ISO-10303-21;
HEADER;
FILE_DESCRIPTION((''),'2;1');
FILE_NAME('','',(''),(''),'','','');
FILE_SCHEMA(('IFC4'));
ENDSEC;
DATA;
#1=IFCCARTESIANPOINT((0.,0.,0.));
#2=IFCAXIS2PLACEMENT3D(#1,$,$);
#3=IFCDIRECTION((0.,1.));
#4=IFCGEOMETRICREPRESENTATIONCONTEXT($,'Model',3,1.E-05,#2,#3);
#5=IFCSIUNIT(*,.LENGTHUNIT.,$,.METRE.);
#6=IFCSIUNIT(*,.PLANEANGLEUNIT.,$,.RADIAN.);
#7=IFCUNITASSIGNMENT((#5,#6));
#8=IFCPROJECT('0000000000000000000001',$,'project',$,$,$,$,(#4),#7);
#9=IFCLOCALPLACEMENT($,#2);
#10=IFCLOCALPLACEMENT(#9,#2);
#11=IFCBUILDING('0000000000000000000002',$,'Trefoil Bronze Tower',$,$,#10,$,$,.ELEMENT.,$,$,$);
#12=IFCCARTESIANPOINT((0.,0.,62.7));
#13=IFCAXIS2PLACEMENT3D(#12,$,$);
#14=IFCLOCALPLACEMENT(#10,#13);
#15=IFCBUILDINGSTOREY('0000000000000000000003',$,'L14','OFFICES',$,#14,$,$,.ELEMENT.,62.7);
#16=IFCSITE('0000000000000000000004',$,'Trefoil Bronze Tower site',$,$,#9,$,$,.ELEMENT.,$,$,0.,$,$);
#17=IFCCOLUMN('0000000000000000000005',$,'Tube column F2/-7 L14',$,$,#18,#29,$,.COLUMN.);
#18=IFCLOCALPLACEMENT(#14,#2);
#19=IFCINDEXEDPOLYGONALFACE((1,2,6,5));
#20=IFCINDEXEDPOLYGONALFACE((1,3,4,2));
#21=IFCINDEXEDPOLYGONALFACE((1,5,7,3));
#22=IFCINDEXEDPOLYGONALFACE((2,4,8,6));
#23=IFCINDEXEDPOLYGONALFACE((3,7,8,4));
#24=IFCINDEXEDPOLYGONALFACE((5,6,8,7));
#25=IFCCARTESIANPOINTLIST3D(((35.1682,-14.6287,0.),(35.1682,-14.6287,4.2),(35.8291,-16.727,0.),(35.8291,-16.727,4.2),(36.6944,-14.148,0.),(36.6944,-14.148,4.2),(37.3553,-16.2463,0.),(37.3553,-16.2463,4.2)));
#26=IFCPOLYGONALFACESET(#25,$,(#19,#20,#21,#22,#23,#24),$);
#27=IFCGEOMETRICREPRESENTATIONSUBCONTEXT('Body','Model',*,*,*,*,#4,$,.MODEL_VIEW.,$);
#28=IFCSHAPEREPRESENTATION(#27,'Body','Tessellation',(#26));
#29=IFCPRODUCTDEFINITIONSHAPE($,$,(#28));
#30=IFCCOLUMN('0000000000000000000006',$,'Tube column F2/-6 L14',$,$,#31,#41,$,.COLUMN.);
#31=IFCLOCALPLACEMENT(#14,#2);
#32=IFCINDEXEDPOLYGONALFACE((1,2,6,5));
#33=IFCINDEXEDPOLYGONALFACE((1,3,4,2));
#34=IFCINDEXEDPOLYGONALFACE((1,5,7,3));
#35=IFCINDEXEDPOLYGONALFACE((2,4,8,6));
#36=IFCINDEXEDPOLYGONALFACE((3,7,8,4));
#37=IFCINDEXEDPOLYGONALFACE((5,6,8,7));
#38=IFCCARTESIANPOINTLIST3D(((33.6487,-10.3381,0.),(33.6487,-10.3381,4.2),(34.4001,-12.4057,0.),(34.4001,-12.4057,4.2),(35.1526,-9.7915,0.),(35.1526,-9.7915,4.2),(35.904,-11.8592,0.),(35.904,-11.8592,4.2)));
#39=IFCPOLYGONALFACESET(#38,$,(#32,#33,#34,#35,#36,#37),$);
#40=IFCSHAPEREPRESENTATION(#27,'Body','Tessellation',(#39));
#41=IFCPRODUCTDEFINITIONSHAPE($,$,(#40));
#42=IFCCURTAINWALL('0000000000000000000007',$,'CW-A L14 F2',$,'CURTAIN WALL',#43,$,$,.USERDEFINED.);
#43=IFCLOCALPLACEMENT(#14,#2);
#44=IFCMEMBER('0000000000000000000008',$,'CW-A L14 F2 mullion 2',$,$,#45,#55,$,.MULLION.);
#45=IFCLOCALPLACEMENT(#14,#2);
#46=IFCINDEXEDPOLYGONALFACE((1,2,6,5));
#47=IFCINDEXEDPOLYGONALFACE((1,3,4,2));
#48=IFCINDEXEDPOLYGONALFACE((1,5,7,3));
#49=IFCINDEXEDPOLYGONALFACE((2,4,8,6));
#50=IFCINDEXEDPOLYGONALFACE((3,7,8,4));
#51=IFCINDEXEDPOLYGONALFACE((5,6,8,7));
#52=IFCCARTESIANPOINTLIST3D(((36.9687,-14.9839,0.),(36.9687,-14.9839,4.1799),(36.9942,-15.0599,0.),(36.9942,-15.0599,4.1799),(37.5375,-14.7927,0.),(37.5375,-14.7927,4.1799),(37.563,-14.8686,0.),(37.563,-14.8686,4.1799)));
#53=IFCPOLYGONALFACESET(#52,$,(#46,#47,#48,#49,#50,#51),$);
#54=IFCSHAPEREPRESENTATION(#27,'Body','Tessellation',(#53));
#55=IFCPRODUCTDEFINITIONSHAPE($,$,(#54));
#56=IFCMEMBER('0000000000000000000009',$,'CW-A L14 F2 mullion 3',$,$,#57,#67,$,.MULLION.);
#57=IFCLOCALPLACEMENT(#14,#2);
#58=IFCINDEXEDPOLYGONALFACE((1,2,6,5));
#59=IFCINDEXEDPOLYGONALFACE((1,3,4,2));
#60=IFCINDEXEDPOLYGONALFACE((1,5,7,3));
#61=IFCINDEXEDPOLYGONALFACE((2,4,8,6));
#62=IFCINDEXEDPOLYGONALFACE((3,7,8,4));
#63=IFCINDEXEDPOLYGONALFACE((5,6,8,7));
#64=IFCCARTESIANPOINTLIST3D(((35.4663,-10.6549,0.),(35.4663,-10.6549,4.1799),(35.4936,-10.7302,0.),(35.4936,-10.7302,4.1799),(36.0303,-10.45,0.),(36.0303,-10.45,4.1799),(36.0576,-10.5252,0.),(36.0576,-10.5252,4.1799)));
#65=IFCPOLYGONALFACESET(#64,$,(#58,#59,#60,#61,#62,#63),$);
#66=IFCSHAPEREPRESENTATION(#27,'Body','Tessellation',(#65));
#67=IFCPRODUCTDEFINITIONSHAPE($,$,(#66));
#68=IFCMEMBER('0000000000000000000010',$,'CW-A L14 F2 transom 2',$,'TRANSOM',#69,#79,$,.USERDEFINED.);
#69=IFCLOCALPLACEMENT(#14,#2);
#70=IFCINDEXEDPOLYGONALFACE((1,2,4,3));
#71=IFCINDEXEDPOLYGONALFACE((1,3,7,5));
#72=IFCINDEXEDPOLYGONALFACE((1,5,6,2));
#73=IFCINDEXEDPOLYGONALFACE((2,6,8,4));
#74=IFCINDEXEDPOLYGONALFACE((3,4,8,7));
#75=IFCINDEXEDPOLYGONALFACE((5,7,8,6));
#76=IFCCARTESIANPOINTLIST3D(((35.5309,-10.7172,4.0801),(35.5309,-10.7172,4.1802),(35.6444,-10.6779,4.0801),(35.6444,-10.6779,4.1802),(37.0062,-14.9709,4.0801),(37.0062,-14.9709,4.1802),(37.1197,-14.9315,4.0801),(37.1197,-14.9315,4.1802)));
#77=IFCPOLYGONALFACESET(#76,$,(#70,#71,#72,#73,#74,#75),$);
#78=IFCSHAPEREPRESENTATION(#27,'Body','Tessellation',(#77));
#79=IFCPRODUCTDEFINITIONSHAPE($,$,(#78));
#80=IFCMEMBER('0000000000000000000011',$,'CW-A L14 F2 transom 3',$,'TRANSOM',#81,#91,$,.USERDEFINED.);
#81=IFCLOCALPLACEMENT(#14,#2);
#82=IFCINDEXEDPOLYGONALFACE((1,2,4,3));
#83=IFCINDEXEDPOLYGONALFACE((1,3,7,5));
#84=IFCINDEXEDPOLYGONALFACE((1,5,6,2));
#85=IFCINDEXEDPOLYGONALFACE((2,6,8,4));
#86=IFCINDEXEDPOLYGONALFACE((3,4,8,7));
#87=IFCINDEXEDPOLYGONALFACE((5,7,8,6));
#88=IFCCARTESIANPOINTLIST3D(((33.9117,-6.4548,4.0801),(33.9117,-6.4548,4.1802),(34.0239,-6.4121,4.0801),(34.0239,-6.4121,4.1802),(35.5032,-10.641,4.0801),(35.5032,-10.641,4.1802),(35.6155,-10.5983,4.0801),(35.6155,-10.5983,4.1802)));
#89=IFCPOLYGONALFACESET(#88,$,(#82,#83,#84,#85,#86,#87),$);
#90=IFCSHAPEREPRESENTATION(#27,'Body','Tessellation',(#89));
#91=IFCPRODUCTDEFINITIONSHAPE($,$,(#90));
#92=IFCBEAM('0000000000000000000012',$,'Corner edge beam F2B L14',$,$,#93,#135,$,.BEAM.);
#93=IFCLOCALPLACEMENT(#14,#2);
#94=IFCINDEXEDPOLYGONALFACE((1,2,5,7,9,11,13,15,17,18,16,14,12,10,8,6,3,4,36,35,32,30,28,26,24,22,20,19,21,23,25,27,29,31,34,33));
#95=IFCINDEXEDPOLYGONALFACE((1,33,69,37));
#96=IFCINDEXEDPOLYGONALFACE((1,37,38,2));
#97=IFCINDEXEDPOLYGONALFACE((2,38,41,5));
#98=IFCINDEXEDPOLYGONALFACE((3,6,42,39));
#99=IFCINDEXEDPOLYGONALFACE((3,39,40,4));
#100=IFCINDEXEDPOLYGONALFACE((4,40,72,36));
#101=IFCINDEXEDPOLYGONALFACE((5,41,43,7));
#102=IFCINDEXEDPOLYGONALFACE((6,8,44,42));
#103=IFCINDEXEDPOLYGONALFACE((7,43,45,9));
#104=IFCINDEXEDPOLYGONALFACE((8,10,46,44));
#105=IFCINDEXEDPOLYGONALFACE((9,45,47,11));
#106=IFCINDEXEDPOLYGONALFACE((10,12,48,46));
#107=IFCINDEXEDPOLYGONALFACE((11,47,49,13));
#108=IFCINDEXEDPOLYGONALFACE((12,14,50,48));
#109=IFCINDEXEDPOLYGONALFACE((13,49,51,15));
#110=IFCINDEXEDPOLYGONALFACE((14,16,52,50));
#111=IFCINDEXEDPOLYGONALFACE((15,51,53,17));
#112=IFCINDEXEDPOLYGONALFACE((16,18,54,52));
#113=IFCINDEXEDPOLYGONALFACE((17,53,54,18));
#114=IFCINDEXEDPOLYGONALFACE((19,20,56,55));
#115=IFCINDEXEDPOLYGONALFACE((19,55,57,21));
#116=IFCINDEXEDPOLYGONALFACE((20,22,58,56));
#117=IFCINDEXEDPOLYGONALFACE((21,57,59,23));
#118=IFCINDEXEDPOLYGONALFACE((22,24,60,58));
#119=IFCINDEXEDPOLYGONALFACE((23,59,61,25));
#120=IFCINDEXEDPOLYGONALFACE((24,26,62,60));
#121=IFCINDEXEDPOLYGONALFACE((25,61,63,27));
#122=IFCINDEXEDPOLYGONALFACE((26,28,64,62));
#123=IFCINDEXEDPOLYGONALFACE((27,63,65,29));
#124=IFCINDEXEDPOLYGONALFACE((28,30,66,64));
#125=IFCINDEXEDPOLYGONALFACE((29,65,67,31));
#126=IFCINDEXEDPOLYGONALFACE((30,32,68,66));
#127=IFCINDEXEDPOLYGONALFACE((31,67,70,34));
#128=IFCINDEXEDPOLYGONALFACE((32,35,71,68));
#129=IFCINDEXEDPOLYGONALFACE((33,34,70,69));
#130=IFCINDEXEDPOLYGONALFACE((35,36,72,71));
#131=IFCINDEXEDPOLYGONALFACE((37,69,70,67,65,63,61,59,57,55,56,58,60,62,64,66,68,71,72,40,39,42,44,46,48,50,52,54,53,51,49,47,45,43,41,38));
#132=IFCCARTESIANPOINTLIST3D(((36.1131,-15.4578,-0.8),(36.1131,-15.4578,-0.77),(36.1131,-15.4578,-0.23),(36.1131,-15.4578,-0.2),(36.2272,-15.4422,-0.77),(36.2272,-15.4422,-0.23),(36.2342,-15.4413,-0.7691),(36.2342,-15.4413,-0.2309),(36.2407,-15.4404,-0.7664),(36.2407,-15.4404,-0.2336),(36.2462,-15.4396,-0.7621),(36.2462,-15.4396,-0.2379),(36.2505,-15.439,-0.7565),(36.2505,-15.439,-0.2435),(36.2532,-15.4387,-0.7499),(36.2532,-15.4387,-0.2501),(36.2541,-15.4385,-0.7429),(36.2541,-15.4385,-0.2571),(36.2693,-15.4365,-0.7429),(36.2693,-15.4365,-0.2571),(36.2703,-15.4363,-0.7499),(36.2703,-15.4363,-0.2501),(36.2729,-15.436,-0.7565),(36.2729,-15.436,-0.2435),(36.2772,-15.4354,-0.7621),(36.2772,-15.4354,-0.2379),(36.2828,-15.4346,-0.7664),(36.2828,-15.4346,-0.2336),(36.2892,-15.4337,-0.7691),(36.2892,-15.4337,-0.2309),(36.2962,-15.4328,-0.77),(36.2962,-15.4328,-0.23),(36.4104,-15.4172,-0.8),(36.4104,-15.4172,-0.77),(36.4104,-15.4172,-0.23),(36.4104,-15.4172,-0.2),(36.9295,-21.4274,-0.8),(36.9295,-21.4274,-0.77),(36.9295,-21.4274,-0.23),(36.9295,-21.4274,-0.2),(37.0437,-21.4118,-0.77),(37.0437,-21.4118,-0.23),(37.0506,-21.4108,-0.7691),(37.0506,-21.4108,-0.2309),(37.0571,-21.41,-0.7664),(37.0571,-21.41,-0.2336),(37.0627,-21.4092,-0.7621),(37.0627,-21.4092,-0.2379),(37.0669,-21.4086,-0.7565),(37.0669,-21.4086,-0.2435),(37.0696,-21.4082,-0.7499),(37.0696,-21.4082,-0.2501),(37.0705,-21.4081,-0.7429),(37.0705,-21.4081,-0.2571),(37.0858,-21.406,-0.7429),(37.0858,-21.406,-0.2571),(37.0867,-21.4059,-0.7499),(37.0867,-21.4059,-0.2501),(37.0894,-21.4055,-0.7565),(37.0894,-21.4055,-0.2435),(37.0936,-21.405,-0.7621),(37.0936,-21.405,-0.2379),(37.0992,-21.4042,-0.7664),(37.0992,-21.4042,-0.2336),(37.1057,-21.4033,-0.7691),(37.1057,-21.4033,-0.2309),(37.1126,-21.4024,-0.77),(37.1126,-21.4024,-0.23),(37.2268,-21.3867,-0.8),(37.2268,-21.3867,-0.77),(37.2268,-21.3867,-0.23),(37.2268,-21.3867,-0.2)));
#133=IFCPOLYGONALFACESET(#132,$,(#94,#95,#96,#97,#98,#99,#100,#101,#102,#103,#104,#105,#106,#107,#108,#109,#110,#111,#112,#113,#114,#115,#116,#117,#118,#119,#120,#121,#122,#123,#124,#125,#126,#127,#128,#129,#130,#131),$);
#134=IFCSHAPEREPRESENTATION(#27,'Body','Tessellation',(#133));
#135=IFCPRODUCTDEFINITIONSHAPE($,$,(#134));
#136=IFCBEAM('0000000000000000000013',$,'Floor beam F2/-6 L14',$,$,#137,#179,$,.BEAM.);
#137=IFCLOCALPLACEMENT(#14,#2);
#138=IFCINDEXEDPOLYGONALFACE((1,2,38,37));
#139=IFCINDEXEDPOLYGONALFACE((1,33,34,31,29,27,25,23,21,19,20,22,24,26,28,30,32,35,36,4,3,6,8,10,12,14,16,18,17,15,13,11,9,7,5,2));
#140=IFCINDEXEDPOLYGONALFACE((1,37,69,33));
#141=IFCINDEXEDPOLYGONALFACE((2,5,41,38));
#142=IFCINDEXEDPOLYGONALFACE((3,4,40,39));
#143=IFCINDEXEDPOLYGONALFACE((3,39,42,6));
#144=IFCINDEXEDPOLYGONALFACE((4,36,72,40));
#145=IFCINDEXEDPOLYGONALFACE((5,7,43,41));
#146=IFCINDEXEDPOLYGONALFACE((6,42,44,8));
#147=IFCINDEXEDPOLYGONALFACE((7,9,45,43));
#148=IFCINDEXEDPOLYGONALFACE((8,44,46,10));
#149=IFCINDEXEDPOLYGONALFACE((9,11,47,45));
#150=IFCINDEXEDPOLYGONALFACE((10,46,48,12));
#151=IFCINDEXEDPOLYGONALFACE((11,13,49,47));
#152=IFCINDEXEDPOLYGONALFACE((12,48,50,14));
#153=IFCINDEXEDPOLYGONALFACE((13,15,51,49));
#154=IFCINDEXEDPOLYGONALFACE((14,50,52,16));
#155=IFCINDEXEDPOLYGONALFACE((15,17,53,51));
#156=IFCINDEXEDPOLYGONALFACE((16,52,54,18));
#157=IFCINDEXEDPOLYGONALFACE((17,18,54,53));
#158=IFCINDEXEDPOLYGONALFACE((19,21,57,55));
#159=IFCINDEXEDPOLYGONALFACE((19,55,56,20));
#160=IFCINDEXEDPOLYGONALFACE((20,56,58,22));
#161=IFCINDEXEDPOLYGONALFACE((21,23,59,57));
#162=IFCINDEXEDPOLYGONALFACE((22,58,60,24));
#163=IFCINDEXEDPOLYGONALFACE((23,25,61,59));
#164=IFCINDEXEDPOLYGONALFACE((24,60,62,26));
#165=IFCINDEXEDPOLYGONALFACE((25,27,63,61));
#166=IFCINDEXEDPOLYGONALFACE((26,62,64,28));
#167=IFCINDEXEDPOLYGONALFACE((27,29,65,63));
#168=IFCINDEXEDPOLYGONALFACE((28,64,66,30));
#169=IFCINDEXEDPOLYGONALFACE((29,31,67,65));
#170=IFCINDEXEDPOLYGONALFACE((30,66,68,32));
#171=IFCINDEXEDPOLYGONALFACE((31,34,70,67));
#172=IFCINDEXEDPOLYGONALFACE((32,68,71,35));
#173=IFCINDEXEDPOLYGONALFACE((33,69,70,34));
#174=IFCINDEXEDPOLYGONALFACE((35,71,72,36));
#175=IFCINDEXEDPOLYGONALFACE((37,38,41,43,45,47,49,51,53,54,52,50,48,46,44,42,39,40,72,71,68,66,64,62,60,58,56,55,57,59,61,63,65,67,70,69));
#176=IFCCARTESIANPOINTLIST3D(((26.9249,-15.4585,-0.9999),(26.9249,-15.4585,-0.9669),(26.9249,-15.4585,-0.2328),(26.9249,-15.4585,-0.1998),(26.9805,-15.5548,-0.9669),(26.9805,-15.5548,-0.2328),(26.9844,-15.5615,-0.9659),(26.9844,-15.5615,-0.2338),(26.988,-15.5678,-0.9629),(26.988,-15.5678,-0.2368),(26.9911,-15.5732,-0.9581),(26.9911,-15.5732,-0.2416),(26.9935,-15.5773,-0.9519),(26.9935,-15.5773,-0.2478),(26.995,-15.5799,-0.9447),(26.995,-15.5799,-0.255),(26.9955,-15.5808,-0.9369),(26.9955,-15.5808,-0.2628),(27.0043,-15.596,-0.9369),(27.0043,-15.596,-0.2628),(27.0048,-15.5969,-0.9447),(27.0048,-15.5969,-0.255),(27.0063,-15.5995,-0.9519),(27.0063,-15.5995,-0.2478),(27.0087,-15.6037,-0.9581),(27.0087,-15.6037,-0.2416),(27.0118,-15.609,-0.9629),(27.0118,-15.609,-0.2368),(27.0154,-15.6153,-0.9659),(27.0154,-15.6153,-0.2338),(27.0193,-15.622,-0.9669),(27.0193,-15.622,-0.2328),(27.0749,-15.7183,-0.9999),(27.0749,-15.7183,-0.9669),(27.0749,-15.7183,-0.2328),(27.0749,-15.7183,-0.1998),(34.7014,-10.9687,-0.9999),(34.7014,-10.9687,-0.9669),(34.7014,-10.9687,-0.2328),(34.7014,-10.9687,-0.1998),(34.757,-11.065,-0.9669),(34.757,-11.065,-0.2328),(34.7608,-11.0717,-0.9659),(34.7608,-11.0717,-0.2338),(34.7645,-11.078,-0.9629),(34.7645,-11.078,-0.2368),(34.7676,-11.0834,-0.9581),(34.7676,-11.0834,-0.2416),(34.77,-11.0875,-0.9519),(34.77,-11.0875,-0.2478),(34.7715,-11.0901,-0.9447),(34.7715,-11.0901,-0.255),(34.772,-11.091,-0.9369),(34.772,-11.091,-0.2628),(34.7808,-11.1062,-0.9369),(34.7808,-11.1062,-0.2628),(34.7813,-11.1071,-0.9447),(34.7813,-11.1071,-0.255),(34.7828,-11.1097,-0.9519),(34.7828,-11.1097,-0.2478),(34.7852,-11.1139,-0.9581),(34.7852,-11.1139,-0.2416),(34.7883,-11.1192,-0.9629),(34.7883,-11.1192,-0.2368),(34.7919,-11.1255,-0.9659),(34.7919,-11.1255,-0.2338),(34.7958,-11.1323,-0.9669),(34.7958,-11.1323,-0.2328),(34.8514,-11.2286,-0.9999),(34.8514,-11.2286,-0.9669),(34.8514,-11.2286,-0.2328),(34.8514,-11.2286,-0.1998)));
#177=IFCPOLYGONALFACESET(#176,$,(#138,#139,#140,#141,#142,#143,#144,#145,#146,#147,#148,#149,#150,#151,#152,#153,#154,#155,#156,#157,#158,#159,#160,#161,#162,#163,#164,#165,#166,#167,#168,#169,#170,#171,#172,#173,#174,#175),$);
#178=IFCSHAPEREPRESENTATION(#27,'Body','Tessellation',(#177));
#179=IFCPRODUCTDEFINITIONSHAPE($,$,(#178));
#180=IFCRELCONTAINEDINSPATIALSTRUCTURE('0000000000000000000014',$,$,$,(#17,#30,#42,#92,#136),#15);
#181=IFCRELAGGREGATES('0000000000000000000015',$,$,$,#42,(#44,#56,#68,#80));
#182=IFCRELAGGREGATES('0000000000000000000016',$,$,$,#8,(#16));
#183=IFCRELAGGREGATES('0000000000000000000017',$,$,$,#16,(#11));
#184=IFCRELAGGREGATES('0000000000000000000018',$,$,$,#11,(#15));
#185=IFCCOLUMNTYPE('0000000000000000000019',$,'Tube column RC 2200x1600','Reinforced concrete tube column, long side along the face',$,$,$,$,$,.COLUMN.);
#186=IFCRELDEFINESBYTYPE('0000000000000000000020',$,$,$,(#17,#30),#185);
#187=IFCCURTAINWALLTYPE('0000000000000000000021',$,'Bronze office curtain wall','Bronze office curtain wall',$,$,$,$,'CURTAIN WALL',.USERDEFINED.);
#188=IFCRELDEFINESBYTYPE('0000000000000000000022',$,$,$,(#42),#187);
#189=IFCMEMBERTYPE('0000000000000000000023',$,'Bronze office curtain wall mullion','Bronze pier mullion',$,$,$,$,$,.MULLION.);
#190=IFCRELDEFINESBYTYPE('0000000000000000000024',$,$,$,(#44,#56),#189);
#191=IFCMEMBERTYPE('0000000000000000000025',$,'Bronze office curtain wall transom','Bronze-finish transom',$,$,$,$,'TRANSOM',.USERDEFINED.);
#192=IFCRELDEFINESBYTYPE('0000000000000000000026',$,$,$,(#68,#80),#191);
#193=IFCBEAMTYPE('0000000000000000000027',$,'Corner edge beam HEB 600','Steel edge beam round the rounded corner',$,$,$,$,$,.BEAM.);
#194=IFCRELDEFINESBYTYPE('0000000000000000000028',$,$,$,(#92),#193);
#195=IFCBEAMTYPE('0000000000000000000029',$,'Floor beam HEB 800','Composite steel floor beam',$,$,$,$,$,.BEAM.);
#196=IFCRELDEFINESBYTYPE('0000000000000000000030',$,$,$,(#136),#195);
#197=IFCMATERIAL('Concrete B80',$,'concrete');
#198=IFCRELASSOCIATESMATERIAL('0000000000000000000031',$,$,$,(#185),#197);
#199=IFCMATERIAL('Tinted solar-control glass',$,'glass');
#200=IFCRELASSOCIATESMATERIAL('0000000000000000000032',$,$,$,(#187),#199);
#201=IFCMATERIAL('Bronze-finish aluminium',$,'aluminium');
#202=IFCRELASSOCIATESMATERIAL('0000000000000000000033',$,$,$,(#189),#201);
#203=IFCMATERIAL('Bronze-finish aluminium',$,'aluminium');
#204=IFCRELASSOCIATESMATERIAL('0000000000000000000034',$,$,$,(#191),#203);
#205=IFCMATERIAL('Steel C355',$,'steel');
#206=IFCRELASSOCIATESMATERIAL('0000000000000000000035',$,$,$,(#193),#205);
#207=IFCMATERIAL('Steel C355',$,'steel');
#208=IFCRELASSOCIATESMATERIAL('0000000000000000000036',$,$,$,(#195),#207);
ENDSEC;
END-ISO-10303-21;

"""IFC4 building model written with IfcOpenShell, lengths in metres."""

from ifc_helpers import new_model, si_unit, direction, frame, origin, origin_2d, place, context, subcontext, project, spatial, rectangle, i_section, extrude, material, material_profile, profile_set, type_object, element, aggregate, save


model = new_model("IFC4")

# Units and contexts
model_context = context("Model", 3, precision=1e-05, world=origin(), true_north=direction((0.0, 1.0)))
body_context = subcontext(model_context, "Body", "Model", "MODEL_VIEW")
ifc_project = project(units=[si_unit("LENGTHUNIT", "METRE"), si_unit("PLANEANGLEUNIT", "RADIAN")], contexts=[model_context])

# Site, building, storey
site_placement = place(None, origin())
site = spatial("IfcSite", under=ifc_project, at=site_placement, Name="Trefoil Bronze Tower site", CompositionType="ELEMENT", RefElevation=0.0)
building_placement = place(site_placement, origin())
building = spatial("IfcBuilding", under=site, at=building_placement, Name="Trefoil Bronze Tower", CompositionType="ELEMENT")
storey_placement = place(building_placement, frame((0.0, 0.0, 62.7)))
storey = spatial("IfcBuildingStorey", under=building, at=storey_placement, Name="L14", Description="OFFICES", CompositionType="ELEMENT", Elevation=62.7)

# Columns
ifc_material_1 = material(Name="Concrete B80", Category="concrete")
ifc_material_profile_1 = material_profile(ifc_material_1, rectangle(XDim=2.2, YDim=1.6001, at=origin_2d()), Name="RC 2200x1600")
ifc_profile_set_1 = profile_set([ifc_material_profile_1], Name="Concrete B80")
column_type = type_object("IfcColumnType", Name="Tube column RC 2200x1600", Description="Reinforced concrete tube column, long side along the face", PredefinedType="COLUMN", material=ifc_profile_set_1)
for number, where, z_axis, x_axis, name in (
    (1, (36.2617, -15.4375, 0.0), (0.0, 0.0, 1.0), (-0.300414, 0.953809, 0.0), "Tube column F2/-7 L14"),
    (2, (34.7764, -11.0986, 0.0), (0.0, 0.0, 1.0), (-0.341559, 0.93986, 0.0), "Tube column F2/-6 L14"),
):
    element("IfcColumn", number, at=place(storey_placement, frame(where, z_axis=z_axis, x_axis=x_axis)), inside=storey, type_object=column_type, Name=name, PredefinedType="COLUMN", context=body_context, shape_type="SweptSolid", body=[
        extrude(rectangle(XDim=2.2, YDim=1.6001, at=origin_2d()), origin(), (0.0, 0.0, 1.0), 4.2),
    ])

# Curtain wall, members
ifc_material_2 = material(Name="Tinted solar-control glass", Category="glass")
curtain_wall_type = type_object("IfcCurtainWallType", Name="Bronze office curtain wall", Description="Bronze office curtain wall", ElementType="CURTAIN WALL", PredefinedType="USERDEFINED", material=ifc_material_2)
curtain_wall_placement = place(storey_placement, origin())
curtain_wall = element("IfcCurtainWall", 3, at=curtain_wall_placement, inside=storey, type_object=curtain_wall_type, Name="CW-A L14 F2", ObjectType="CURTAIN WALL", PredefinedType="USERDEFINED")
ifc_material_3 = material(Name="Bronze-finish aluminium", Category="aluminium")
ifc_material_profile_2 = material_profile(ifc_material_3, rectangle(XDim=0.6001, YDim=0.0801, at=origin_2d()), Name="CW-A mullion")
ifc_profile_set_2 = profile_set([ifc_material_profile_2], Name="Bronze-finish aluminium")
member_type_1 = type_object("IfcMemberType", Name="Bronze office curtain wall mullion", Description="Bronze pier mullion", PredefinedType="MULLION", material=ifc_profile_set_2)
member_1_placement = place(storey_placement, frame((37.2659, -14.9263, 0.0), z_axis=(0.0, 0.0, 1.0), x_axis=(-0.947851, -0.318715, 0.0)))
member_1 = element("IfcMember", 4, at=member_1_placement, type_object=member_type_1, Name="CW-A L14 F2 mullion 2", PredefinedType="MULLION", context=body_context, shape_type="SweptSolid", body=[
    extrude(rectangle(XDim=0.6001, YDim=0.0801, at=origin_2d()), origin(), (0.0, 0.0, 1.0), 4.1799),
])
member_2_placement = place(storey_placement, frame((35.762, -10.5901, 0.0), z_axis=(0.0, 0.0, 1.0), x_axis=(-0.93986, -0.341559, 0.0)))
member_2 = element("IfcMember", 5, at=member_2_placement, type_object=member_type_1, Name="CW-A L14 F2 mullion 3", PredefinedType="MULLION", context=body_context, shape_type="SweptSolid", body=[
    extrude(rectangle(XDim=0.6001, YDim=0.0801, at=origin_2d()), origin(), (0.0, 0.0, 1.0), 4.1799),
])
ifc_material_4 = material(Name="Bronze-finish aluminium", Category="aluminium")
ifc_material_profile_3 = material_profile(ifc_material_4, rectangle(XDim=0.1201, YDim=0.1001, at=origin_2d()), Name="CW-A transom")
ifc_profile_set_3 = profile_set([ifc_material_profile_3], Name="Bronze-finish aluminium")
member_type_2 = type_object("IfcMemberType", Name="Bronze office curtain wall transom", Description="Bronze-finish transom", ElementType="TRANSOM", PredefinedType="USERDEFINED", material=ifc_profile_set_3)
member_3_placement = place(storey_placement, frame((37.063, -14.9512, 4.1301), z_axis=(-0.32769, 0.944785, 0.0), x_axis=(-0.944785, -0.32769, 0.0)))
member_3 = element("IfcMember", 6, at=member_3_placement, type_object=member_type_2, Name="CW-A L14 F2 transom 2", ObjectType="TRANSOM", PredefinedType="USERDEFINED", context=body_context, shape_type="SweptSolid", body=[
    extrude(rectangle(XDim=0.1201, YDim=0.1001, at=origin_2d()), origin(), (0.0, 0.0, 1.0), 4.5022),
])
member_4_placement = place(storey_placement, frame((35.5593, -10.6196, 4.1301), z_axis=(-0.355367, 0.934727, 0.0), x_axis=(-0.934727, -0.355367, 0.0)))
member_4 = element("IfcMember", 7, at=member_4_placement, type_object=member_type_2, Name="CW-A L14 F2 transom 3", ObjectType="TRANSOM", PredefinedType="USERDEFINED", context=body_context, shape_type="SweptSolid", body=[
    extrude(rectangle(XDim=0.1201, YDim=0.1001, at=origin_2d()), origin(), (0.0, 0.0, 1.0), 4.4785),
])

# Beams
ifc_material_5 = material(Name="Steel C355", Category="steel")
ifc_material_profile_4 = material_profile(ifc_material_5, i_section(OverallWidth=0.3, OverallDepth=0.6001, WebThickness=0.0154, FlangeThickness=0.03, FilletRadius=0.0271, at=origin_2d()), Name="HEB 600")
ifc_profile_set_4 = profile_set([ifc_material_profile_4], Name="Steel C355")
beam_type_1 = type_object("IfcBeamType", Name="Corner edge beam HEB 600", Description="Steel edge beam round the rounded corner", PredefinedType="BEAM", material=ifc_profile_set_4)
beam_1_placement = place(storey_placement, frame((36.2617, -15.4375, -0.5), z_axis=(0.135502, -0.990777, 0.0), x_axis=(0.990777, 0.135502, 0.0)))
element("IfcBeam", 8, at=beam_1_placement, inside=storey, type_object=beam_type_1, Name="Corner edge beam F2B L14", PredefinedType="BEAM", context=body_context, shape_type="SweptSolid", body=[
    extrude(i_section(OverallWidth=0.3, OverallDepth=0.6001, WebThickness=0.0154, FlangeThickness=0.03, FilletRadius=0.0271, at=origin_2d()), origin(), (0.0, 0.0, 1.0), 6.0251),
])
ifc_material_6 = material(Name="Steel C355", Category="steel")
ifc_material_profile_5 = material_profile(ifc_material_6, i_section(OverallWidth=0.3, OverallDepth=0.8, WebThickness=0.0176, FlangeThickness=0.033, FilletRadius=0.03, at=origin_2d()), Name="HEB 800")
ifc_profile_set_5 = profile_set([ifc_material_profile_5], Name="Steel C355")
beam_type_2 = type_object("IfcBeamType", Name="Floor beam HEB 800", Description="Composite steel floor beam", PredefinedType="BEAM", material=ifc_profile_set_5)
beam_2_placement = place(storey_placement, frame((34.7764, -11.0986, -0.5999), z_axis=(-0.866023, -0.500005, 0.0), x_axis=(0.500005, -0.866023, 0.0)))
element("IfcBeam", 9, at=beam_2_placement, inside=storey, type_object=beam_type_2, Name="Floor beam F2/-6 L14", PredefinedType="BEAM", context=body_context, shape_type="SweptSolid", body=[
    extrude(i_section(OverallWidth=0.3, OverallDepth=0.8, WebThickness=0.0176, FlangeThickness=0.033, FilletRadius=0.03, at=origin_2d()), origin(), (0.0, 0.0, 1.0), 8.9795),
])

aggregate(curtain_wall, [member_1, member_2, member_3, member_4])

save(model, "model.ifc")
